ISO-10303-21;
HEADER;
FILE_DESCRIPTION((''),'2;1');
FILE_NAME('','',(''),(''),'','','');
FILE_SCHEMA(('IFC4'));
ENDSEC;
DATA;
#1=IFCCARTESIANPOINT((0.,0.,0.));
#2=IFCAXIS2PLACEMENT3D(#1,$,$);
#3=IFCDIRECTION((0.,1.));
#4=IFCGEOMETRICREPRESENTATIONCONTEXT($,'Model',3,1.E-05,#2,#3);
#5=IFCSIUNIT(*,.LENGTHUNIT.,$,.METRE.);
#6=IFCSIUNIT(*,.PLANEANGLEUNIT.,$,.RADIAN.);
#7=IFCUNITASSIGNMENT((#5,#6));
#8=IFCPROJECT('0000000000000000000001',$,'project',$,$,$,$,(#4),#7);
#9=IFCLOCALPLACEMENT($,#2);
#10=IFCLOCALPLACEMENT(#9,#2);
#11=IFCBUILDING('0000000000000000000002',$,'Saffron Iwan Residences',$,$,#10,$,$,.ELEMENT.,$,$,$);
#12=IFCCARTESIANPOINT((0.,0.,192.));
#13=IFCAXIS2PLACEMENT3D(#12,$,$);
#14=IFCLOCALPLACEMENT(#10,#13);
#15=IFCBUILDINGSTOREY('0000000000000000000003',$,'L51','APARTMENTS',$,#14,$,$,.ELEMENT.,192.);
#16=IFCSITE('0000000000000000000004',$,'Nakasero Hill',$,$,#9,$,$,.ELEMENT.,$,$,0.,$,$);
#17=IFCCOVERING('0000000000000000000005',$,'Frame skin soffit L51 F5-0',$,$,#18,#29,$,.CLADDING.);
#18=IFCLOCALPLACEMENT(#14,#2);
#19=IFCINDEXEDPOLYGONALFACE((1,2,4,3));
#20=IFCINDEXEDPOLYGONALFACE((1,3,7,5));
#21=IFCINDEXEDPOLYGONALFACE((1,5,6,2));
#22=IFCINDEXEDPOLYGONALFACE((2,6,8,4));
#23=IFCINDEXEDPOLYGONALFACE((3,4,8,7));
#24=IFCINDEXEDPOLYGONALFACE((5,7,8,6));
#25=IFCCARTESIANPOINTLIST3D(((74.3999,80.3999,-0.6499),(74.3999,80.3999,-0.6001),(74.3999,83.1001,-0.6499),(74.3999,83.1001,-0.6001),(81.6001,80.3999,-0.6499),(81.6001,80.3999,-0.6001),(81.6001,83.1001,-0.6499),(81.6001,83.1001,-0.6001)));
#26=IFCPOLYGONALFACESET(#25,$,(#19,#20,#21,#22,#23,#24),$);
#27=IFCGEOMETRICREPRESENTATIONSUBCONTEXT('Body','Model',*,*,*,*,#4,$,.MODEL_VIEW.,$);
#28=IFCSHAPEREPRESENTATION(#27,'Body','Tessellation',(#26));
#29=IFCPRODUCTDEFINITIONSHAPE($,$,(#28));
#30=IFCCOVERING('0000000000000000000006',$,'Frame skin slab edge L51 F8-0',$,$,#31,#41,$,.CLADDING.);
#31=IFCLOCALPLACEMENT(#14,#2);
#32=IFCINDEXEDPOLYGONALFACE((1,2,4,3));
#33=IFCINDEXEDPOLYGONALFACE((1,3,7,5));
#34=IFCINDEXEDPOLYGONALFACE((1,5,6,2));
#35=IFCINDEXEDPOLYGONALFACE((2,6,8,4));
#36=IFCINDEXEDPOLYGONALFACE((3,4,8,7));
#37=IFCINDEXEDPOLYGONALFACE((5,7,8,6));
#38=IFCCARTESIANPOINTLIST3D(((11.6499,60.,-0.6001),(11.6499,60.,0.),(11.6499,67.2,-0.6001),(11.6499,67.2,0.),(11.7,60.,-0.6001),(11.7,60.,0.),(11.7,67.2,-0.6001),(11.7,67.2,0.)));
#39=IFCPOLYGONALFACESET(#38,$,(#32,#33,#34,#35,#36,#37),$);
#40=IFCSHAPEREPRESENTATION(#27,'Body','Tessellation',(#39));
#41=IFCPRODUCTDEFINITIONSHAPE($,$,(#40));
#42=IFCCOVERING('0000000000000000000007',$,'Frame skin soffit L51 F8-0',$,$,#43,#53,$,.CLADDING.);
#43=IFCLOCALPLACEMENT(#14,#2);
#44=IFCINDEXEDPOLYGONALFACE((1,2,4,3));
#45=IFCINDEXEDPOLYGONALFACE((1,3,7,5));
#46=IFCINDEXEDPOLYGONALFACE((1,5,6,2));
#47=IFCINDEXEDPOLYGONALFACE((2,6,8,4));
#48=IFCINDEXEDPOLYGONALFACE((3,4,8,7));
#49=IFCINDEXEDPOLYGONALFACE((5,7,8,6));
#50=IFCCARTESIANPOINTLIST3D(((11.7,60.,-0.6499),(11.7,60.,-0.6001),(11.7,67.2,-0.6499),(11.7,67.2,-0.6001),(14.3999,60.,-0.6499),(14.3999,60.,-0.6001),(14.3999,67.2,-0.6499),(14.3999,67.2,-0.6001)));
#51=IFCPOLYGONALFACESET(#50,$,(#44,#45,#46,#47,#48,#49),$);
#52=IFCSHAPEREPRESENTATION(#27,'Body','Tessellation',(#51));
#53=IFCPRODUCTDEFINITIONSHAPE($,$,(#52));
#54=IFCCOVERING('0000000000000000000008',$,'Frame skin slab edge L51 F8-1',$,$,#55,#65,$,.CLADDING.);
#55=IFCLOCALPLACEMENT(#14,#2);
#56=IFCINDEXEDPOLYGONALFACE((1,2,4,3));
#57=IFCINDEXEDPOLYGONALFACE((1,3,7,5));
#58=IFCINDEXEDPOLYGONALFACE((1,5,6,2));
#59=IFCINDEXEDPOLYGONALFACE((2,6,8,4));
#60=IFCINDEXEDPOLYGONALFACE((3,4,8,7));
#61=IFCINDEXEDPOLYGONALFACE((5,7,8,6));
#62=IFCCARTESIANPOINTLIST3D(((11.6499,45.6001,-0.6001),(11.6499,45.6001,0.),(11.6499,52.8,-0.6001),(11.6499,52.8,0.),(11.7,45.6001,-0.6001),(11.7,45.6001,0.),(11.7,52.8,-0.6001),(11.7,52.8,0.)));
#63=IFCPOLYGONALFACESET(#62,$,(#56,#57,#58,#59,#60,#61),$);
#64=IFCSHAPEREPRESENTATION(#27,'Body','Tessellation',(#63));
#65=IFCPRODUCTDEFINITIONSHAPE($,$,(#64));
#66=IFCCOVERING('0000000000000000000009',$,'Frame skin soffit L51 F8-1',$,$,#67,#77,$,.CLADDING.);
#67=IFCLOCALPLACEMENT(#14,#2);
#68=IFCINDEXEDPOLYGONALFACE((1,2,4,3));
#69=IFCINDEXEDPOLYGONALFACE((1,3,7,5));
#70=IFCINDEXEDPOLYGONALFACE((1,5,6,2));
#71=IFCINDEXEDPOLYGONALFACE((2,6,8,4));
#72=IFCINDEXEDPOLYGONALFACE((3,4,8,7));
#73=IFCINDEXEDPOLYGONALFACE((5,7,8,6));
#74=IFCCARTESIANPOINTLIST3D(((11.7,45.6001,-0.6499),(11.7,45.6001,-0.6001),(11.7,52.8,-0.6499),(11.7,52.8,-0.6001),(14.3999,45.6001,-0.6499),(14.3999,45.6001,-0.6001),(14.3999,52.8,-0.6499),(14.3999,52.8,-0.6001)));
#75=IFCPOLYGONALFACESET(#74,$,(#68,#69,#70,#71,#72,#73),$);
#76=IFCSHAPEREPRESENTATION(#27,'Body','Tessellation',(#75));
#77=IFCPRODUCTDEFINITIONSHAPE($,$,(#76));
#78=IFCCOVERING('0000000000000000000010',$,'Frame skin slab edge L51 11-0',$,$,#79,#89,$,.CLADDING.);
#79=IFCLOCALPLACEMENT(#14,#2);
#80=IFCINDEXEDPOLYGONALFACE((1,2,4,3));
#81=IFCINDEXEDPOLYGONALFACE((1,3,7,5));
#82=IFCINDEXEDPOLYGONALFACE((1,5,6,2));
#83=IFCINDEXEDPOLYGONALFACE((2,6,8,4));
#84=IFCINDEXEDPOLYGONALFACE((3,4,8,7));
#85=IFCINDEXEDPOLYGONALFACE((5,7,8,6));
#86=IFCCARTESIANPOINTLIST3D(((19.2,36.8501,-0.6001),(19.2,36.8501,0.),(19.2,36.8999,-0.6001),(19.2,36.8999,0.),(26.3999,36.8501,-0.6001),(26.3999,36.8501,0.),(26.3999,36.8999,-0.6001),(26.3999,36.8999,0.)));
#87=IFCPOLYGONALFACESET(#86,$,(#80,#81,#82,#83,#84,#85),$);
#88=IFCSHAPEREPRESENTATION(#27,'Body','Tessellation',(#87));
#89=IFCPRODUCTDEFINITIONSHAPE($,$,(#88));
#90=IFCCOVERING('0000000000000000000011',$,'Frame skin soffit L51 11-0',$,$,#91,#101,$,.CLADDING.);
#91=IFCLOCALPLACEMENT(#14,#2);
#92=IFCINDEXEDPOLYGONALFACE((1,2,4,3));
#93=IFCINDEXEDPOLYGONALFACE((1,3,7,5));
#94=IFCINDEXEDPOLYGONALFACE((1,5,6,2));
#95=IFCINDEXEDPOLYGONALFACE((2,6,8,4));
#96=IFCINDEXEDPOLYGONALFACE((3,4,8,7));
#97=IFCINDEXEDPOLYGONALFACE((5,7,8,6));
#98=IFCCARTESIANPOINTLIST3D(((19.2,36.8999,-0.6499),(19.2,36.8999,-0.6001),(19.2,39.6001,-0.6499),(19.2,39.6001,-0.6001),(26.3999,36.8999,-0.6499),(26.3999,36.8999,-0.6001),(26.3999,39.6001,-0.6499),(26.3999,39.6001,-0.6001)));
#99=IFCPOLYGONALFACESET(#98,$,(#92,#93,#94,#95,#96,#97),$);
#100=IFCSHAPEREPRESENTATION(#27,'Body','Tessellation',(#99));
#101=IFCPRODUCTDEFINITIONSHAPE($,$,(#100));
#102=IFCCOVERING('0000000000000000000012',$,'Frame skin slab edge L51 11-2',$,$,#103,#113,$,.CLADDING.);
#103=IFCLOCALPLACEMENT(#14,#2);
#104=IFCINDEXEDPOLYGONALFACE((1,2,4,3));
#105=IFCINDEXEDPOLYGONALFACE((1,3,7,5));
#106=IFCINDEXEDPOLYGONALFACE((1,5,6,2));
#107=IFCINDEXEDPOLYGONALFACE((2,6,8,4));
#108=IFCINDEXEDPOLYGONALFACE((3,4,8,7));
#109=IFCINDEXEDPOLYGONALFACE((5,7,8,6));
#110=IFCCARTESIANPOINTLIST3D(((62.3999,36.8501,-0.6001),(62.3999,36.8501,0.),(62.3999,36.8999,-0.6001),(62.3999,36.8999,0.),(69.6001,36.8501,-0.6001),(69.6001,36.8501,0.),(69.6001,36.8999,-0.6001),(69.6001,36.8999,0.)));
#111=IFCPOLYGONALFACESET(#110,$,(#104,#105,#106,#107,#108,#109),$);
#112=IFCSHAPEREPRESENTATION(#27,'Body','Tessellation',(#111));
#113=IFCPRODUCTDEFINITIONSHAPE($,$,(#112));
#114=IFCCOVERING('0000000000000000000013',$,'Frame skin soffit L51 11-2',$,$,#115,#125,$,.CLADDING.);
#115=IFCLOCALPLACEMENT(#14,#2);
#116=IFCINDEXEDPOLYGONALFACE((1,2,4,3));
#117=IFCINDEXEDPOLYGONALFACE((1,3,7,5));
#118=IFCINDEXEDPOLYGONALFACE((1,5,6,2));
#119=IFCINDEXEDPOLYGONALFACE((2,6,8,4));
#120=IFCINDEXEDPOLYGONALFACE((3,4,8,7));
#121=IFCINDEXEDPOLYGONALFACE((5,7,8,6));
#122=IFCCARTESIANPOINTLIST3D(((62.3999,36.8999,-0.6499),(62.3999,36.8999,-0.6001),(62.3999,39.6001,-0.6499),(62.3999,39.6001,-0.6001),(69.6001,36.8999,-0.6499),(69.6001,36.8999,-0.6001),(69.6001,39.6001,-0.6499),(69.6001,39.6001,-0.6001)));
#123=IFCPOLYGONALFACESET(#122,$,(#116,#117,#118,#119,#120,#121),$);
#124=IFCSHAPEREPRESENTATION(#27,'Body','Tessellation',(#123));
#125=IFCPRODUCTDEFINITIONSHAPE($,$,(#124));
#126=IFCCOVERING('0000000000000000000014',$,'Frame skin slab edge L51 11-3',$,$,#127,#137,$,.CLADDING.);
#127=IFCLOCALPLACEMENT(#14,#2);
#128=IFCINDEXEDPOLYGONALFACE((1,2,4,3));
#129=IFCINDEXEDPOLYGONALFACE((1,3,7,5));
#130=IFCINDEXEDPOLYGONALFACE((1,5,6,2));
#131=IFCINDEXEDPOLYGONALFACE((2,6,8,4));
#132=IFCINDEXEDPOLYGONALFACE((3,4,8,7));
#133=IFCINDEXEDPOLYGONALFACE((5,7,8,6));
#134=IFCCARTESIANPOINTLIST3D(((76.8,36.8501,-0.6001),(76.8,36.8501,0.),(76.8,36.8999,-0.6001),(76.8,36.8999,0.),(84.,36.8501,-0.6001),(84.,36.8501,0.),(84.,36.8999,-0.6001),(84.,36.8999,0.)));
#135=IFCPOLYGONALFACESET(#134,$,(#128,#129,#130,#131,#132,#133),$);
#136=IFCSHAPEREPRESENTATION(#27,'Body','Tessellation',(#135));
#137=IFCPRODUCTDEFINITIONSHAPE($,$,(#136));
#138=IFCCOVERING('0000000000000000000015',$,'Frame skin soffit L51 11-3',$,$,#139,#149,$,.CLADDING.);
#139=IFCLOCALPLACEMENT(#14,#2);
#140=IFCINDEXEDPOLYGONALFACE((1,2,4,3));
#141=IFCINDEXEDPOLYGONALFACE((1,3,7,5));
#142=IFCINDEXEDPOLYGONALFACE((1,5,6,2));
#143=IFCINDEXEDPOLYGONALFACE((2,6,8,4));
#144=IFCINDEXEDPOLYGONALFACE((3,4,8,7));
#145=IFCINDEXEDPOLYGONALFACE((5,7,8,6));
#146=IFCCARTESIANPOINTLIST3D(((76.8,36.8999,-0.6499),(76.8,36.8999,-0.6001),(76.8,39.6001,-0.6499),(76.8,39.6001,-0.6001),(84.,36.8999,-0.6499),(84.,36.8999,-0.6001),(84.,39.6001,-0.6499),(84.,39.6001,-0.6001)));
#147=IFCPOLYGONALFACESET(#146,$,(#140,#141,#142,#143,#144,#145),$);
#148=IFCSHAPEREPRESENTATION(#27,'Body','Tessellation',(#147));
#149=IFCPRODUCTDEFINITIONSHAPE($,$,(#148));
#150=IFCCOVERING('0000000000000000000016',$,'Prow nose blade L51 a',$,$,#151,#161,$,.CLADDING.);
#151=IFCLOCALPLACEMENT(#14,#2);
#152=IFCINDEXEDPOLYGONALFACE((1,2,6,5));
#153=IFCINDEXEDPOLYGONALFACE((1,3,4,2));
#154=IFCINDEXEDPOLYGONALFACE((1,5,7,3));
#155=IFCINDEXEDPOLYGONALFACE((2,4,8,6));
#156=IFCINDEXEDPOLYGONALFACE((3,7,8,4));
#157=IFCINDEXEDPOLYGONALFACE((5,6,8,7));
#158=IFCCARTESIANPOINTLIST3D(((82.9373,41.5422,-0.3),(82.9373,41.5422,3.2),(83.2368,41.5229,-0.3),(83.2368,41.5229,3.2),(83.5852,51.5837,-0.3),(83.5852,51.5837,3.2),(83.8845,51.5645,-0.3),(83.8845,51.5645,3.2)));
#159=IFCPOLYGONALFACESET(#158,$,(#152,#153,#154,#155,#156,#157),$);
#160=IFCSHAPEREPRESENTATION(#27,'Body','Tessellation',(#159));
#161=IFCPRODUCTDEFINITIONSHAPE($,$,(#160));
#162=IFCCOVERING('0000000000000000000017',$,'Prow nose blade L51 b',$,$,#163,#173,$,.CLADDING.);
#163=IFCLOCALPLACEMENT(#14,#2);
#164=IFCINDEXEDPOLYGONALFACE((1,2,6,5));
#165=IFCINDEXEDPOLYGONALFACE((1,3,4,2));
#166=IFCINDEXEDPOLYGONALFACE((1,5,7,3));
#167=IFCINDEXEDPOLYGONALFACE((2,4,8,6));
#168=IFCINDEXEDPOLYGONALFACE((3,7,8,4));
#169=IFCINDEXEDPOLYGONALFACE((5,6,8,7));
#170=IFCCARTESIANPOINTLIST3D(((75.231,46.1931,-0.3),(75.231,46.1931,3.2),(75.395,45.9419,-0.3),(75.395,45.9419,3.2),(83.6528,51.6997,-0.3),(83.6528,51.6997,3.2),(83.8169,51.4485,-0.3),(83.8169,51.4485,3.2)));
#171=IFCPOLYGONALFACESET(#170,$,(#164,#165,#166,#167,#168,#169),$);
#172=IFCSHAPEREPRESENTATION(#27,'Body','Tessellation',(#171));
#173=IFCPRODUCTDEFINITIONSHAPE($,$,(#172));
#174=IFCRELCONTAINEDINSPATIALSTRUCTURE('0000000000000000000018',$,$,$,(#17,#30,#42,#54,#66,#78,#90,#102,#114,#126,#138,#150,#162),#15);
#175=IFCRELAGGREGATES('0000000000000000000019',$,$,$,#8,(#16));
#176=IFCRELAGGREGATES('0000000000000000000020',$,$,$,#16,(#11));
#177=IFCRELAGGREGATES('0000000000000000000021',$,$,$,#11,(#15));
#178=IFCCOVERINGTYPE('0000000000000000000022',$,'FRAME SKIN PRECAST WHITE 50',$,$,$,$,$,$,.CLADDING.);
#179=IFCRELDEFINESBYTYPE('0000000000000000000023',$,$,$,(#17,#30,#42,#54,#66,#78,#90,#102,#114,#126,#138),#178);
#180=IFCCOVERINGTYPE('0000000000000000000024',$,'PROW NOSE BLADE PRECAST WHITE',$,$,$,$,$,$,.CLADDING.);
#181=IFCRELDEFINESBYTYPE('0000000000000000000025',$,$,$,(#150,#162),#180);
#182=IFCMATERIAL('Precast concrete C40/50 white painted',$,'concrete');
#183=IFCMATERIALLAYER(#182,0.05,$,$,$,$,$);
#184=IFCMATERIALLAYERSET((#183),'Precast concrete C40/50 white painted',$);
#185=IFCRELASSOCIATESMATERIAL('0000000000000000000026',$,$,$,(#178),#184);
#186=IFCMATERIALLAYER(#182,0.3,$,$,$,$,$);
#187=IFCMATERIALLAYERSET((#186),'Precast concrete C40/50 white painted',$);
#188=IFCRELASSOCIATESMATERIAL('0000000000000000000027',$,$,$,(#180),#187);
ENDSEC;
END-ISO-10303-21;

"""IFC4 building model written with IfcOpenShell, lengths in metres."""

from ifc_helpers import new_model, si_unit, direction, frame, origin, place, context, subcontext, project, spatial, polyline, outline, extrude, material, layer, layer_set, type_object, element, save


model = new_model("IFC4")

# Units and contexts
model_context = context("Model", 3, precision=1e-05, world=origin(), true_north=direction((0.0, 1.0)))
body_context = subcontext(model_context, "Body", "Model", "MODEL_VIEW")
ifc_project = project(units=[si_unit("LENGTHUNIT", "METRE"), si_unit("PLANEANGLEUNIT", "RADIAN")], contexts=[model_context])

# Site, building, storey
site_placement = place(None, origin())
site = spatial("IfcSite", under=ifc_project, at=site_placement, Name="Nakasero Hill", CompositionType="ELEMENT", RefElevation=0.0)
building_placement = place(site_placement, origin())
building = spatial("IfcBuilding", under=site, at=building_placement, Name="Saffron Iwan Residences", CompositionType="ELEMENT")
storey_placement = place(building_placement, frame((0.0, 0.0, 192.0)))
storey = spatial("IfcBuildingStorey", under=building, at=storey_placement, Name="L51", Description="APARTMENTS", CompositionType="ELEMENT", Elevation=192.0)

# Coverings
ifc_material_1 = material(Name="Precast concrete C40/50 white painted", Category="concrete")
ifc_layer_1 = layer(ifc_material_1, 0.05)
ifc_layer_set_1 = layer_set([ifc_layer_1], Name="Precast concrete C40/50 white painted")
covering_type_1 = type_object("IfcCoveringType", Name="FRAME SKIN PRECAST WHITE 50", PredefinedType="CLADDING", material=ifc_layer_set_1)
covering_1_placement = place(storey_placement, frame((0.0, 0.0, -0.6499)))
element("IfcCovering", 1, at=covering_1_placement, inside=storey, type_object=covering_type_1, Name="Frame skin soffit L51 F5-0", PredefinedType="CLADDING", context=body_context, shape_type="SweptSolid", body=[
    extrude(outline(polyline([(81.6001, 83.1001), (74.3999, 83.1001), (74.3999, 80.3999), (81.6001, 80.3999), (81.6001, 83.1001)])), origin(), (0.0, 0.0, 1.0), 0.0498),
])
covering_2_placement = place(storey_placement, frame((0.0, 0.0, -0.6001)))
element("IfcCovering", 2, at=covering_2_placement, inside=storey, type_object=covering_type_1, Name="Frame skin slab edge L51 F8-0", PredefinedType="CLADDING", context=body_context, shape_type="SweptSolid", body=[
    extrude(outline(polyline([(11.6499, 67.2), (11.6499, 60.0), (11.7, 60.0), (11.7, 67.2), (11.6499, 67.2)])), origin(), (0.0, 0.0, 1.0), 0.6001),
])
covering_3_placement = place(storey_placement, frame((0.0, 0.0, -0.6499)))
element("IfcCovering", 3, at=covering_3_placement, inside=storey, type_object=covering_type_1, Name="Frame skin soffit L51 F8-0", PredefinedType="CLADDING", context=body_context, shape_type="SweptSolid", body=[
    extrude(outline(polyline([(11.7, 67.2), (11.7, 60.0), (14.3999, 60.0), (14.3999, 67.2), (11.7, 67.2)])), origin(), (0.0, 0.0, 1.0), 0.0498),
])
covering_4_placement = place(storey_placement, frame((0.0, 0.0, -0.6001)))
element("IfcCovering", 4, at=covering_4_placement, inside=storey, type_object=covering_type_1, Name="Frame skin slab edge L51 F8-1", PredefinedType="CLADDING", context=body_context, shape_type="SweptSolid", body=[
    extrude(outline(polyline([(11.6499, 52.8), (11.6499, 45.6001), (11.7, 45.6001), (11.7, 52.8), (11.6499, 52.8)])), origin(), (0.0, 0.0, 1.0), 0.6001),
])
covering_5_placement = place(storey_placement, frame((0.0, 0.0, -0.6499)))
element("IfcCovering", 5, at=covering_5_placement, inside=storey, type_object=covering_type_1, Name="Frame skin soffit L51 F8-1", PredefinedType="CLADDING", context=body_context, shape_type="SweptSolid", body=[
    extrude(outline(polyline([(11.7, 52.8), (11.7, 45.6001), (14.3999, 45.6001), (14.3999, 52.8), (11.7, 52.8)])), origin(), (0.0, 0.0, 1.0), 0.0498),
])
covering_6_placement = place(storey_placement, frame((0.0, 0.0, -0.6001)))
element("IfcCovering", 6, at=covering_6_placement, inside=storey, type_object=covering_type_1, Name="Frame skin slab edge L51 11-0", PredefinedType="CLADDING", context=body_context, shape_type="SweptSolid", body=[
    extrude(outline(polyline([(19.2, 36.8501), (26.3999, 36.8501), (26.3999, 36.8999), (19.2, 36.8999), (19.2, 36.8501)])), origin(), (0.0, 0.0, 1.0), 0.6001),
])
covering_7_placement = place(storey_placement, frame((0.0, 0.0, -0.6499)))
element("IfcCovering", 7, at=covering_7_placement, inside=storey, type_object=covering_type_1, Name="Frame skin soffit L51 11-0", PredefinedType="CLADDING", context=body_context, shape_type="SweptSolid", body=[
    extrude(outline(polyline([(19.2, 36.8999), (26.3999, 36.8999), (26.3999, 39.6001), (19.2, 39.6001), (19.2, 36.8999)])), origin(), (0.0, 0.0, 1.0), 0.0498),
])
covering_8_placement = place(storey_placement, frame((0.0, 0.0, -0.6001)))
element("IfcCovering", 8, at=covering_8_placement, inside=storey, type_object=covering_type_1, Name="Frame skin slab edge L51 11-2", PredefinedType="CLADDING", context=body_context, shape_type="SweptSolid", body=[
    extrude(outline(polyline([(62.3999, 36.8501), (69.6001, 36.8501), (69.6001, 36.8999), (62.3999, 36.8999), (62.3999, 36.8501)])), origin(), (0.0, 0.0, 1.0), 0.6001),
])
covering_9_placement = place(storey_placement, frame((0.0, 0.0, -0.6499)))
element("IfcCovering", 9, at=covering_9_placement, inside=storey, type_object=covering_type_1, Name="Frame skin soffit L51 11-2", PredefinedType="CLADDING", context=body_context, shape_type="SweptSolid", body=[
    extrude(outline(polyline([(62.3999, 36.8999), (69.6001, 36.8999), (69.6001, 39.6001), (62.3999, 39.6001), (62.3999, 36.8999)])), origin(), (0.0, 0.0, 1.0), 0.0498),
])
covering_10_placement = place(storey_placement, frame((0.0, 0.0, -0.6001)))
element("IfcCovering", 10, at=covering_10_placement, inside=storey, type_object=covering_type_1, Name="Frame skin slab edge L51 11-3", PredefinedType="CLADDING", context=body_context, shape_type="SweptSolid", body=[
    extrude(outline(polyline([(76.8, 36.8501), (84.0, 36.8501), (84.0, 36.8999), (76.8, 36.8999), (76.8, 36.8501)])), origin(), (0.0, 0.0, 1.0), 0.6001),
])
covering_11_placement = place(storey_placement, frame((0.0, 0.0, -0.6499)))
element("IfcCovering", 11, at=covering_11_placement, inside=storey, type_object=covering_type_1, Name="Frame skin soffit L51 11-3", PredefinedType="CLADDING", context=body_context, shape_type="SweptSolid", body=[
    extrude(outline(polyline([(76.8, 36.8999), (84.0, 36.8999), (84.0, 39.6001), (76.8, 39.6001), (76.8, 36.8999)])), origin(), (0.0, 0.0, 1.0), 0.0498),
])
ifc_layer_2 = layer(ifc_material_1, 0.3)
ifc_layer_set_2 = layer_set([ifc_layer_2], Name="Precast concrete C40/50 white painted")
covering_type_2 = type_object("IfcCoveringType", Name="PROW NOSE BLADE PRECAST WHITE", PredefinedType="CLADDING", material=ifc_layer_set_2)
covering_12_placement = place(storey_placement, frame((0.0, 0.0, -0.3)))
element("IfcCovering", 12, at=covering_12_placement, inside=storey, type_object=covering_type_2, Name="Prow nose blade L51 a", PredefinedType="CLADDING", context=body_context, shape_type="SweptSolid", body=[
    extrude(outline(polyline([(83.2368, 41.5229), (83.8845, 51.5645), (83.5852, 51.5837), (82.9373, 41.5422), (83.2368, 41.5229)])), origin(), (0.0, 0.0, 1.0), 3.5),
])
covering_13_placement = place(storey_placement, frame((0.0, 0.0, -0.3)))
element("IfcCovering", 13, at=covering_13_placement, inside=storey, type_object=covering_type_2, Name="Prow nose blade L51 b", PredefinedType="CLADDING", context=body_context, shape_type="SweptSolid", body=[
    extrude(outline(polyline([(75.395, 45.9419), (83.8169, 51.4485), (83.6528, 51.6997), (75.231, 46.1931), (75.395, 45.9419)])), origin(), (0.0, 0.0, 1.0), 3.5),
])

save(model, "model.ifc")
